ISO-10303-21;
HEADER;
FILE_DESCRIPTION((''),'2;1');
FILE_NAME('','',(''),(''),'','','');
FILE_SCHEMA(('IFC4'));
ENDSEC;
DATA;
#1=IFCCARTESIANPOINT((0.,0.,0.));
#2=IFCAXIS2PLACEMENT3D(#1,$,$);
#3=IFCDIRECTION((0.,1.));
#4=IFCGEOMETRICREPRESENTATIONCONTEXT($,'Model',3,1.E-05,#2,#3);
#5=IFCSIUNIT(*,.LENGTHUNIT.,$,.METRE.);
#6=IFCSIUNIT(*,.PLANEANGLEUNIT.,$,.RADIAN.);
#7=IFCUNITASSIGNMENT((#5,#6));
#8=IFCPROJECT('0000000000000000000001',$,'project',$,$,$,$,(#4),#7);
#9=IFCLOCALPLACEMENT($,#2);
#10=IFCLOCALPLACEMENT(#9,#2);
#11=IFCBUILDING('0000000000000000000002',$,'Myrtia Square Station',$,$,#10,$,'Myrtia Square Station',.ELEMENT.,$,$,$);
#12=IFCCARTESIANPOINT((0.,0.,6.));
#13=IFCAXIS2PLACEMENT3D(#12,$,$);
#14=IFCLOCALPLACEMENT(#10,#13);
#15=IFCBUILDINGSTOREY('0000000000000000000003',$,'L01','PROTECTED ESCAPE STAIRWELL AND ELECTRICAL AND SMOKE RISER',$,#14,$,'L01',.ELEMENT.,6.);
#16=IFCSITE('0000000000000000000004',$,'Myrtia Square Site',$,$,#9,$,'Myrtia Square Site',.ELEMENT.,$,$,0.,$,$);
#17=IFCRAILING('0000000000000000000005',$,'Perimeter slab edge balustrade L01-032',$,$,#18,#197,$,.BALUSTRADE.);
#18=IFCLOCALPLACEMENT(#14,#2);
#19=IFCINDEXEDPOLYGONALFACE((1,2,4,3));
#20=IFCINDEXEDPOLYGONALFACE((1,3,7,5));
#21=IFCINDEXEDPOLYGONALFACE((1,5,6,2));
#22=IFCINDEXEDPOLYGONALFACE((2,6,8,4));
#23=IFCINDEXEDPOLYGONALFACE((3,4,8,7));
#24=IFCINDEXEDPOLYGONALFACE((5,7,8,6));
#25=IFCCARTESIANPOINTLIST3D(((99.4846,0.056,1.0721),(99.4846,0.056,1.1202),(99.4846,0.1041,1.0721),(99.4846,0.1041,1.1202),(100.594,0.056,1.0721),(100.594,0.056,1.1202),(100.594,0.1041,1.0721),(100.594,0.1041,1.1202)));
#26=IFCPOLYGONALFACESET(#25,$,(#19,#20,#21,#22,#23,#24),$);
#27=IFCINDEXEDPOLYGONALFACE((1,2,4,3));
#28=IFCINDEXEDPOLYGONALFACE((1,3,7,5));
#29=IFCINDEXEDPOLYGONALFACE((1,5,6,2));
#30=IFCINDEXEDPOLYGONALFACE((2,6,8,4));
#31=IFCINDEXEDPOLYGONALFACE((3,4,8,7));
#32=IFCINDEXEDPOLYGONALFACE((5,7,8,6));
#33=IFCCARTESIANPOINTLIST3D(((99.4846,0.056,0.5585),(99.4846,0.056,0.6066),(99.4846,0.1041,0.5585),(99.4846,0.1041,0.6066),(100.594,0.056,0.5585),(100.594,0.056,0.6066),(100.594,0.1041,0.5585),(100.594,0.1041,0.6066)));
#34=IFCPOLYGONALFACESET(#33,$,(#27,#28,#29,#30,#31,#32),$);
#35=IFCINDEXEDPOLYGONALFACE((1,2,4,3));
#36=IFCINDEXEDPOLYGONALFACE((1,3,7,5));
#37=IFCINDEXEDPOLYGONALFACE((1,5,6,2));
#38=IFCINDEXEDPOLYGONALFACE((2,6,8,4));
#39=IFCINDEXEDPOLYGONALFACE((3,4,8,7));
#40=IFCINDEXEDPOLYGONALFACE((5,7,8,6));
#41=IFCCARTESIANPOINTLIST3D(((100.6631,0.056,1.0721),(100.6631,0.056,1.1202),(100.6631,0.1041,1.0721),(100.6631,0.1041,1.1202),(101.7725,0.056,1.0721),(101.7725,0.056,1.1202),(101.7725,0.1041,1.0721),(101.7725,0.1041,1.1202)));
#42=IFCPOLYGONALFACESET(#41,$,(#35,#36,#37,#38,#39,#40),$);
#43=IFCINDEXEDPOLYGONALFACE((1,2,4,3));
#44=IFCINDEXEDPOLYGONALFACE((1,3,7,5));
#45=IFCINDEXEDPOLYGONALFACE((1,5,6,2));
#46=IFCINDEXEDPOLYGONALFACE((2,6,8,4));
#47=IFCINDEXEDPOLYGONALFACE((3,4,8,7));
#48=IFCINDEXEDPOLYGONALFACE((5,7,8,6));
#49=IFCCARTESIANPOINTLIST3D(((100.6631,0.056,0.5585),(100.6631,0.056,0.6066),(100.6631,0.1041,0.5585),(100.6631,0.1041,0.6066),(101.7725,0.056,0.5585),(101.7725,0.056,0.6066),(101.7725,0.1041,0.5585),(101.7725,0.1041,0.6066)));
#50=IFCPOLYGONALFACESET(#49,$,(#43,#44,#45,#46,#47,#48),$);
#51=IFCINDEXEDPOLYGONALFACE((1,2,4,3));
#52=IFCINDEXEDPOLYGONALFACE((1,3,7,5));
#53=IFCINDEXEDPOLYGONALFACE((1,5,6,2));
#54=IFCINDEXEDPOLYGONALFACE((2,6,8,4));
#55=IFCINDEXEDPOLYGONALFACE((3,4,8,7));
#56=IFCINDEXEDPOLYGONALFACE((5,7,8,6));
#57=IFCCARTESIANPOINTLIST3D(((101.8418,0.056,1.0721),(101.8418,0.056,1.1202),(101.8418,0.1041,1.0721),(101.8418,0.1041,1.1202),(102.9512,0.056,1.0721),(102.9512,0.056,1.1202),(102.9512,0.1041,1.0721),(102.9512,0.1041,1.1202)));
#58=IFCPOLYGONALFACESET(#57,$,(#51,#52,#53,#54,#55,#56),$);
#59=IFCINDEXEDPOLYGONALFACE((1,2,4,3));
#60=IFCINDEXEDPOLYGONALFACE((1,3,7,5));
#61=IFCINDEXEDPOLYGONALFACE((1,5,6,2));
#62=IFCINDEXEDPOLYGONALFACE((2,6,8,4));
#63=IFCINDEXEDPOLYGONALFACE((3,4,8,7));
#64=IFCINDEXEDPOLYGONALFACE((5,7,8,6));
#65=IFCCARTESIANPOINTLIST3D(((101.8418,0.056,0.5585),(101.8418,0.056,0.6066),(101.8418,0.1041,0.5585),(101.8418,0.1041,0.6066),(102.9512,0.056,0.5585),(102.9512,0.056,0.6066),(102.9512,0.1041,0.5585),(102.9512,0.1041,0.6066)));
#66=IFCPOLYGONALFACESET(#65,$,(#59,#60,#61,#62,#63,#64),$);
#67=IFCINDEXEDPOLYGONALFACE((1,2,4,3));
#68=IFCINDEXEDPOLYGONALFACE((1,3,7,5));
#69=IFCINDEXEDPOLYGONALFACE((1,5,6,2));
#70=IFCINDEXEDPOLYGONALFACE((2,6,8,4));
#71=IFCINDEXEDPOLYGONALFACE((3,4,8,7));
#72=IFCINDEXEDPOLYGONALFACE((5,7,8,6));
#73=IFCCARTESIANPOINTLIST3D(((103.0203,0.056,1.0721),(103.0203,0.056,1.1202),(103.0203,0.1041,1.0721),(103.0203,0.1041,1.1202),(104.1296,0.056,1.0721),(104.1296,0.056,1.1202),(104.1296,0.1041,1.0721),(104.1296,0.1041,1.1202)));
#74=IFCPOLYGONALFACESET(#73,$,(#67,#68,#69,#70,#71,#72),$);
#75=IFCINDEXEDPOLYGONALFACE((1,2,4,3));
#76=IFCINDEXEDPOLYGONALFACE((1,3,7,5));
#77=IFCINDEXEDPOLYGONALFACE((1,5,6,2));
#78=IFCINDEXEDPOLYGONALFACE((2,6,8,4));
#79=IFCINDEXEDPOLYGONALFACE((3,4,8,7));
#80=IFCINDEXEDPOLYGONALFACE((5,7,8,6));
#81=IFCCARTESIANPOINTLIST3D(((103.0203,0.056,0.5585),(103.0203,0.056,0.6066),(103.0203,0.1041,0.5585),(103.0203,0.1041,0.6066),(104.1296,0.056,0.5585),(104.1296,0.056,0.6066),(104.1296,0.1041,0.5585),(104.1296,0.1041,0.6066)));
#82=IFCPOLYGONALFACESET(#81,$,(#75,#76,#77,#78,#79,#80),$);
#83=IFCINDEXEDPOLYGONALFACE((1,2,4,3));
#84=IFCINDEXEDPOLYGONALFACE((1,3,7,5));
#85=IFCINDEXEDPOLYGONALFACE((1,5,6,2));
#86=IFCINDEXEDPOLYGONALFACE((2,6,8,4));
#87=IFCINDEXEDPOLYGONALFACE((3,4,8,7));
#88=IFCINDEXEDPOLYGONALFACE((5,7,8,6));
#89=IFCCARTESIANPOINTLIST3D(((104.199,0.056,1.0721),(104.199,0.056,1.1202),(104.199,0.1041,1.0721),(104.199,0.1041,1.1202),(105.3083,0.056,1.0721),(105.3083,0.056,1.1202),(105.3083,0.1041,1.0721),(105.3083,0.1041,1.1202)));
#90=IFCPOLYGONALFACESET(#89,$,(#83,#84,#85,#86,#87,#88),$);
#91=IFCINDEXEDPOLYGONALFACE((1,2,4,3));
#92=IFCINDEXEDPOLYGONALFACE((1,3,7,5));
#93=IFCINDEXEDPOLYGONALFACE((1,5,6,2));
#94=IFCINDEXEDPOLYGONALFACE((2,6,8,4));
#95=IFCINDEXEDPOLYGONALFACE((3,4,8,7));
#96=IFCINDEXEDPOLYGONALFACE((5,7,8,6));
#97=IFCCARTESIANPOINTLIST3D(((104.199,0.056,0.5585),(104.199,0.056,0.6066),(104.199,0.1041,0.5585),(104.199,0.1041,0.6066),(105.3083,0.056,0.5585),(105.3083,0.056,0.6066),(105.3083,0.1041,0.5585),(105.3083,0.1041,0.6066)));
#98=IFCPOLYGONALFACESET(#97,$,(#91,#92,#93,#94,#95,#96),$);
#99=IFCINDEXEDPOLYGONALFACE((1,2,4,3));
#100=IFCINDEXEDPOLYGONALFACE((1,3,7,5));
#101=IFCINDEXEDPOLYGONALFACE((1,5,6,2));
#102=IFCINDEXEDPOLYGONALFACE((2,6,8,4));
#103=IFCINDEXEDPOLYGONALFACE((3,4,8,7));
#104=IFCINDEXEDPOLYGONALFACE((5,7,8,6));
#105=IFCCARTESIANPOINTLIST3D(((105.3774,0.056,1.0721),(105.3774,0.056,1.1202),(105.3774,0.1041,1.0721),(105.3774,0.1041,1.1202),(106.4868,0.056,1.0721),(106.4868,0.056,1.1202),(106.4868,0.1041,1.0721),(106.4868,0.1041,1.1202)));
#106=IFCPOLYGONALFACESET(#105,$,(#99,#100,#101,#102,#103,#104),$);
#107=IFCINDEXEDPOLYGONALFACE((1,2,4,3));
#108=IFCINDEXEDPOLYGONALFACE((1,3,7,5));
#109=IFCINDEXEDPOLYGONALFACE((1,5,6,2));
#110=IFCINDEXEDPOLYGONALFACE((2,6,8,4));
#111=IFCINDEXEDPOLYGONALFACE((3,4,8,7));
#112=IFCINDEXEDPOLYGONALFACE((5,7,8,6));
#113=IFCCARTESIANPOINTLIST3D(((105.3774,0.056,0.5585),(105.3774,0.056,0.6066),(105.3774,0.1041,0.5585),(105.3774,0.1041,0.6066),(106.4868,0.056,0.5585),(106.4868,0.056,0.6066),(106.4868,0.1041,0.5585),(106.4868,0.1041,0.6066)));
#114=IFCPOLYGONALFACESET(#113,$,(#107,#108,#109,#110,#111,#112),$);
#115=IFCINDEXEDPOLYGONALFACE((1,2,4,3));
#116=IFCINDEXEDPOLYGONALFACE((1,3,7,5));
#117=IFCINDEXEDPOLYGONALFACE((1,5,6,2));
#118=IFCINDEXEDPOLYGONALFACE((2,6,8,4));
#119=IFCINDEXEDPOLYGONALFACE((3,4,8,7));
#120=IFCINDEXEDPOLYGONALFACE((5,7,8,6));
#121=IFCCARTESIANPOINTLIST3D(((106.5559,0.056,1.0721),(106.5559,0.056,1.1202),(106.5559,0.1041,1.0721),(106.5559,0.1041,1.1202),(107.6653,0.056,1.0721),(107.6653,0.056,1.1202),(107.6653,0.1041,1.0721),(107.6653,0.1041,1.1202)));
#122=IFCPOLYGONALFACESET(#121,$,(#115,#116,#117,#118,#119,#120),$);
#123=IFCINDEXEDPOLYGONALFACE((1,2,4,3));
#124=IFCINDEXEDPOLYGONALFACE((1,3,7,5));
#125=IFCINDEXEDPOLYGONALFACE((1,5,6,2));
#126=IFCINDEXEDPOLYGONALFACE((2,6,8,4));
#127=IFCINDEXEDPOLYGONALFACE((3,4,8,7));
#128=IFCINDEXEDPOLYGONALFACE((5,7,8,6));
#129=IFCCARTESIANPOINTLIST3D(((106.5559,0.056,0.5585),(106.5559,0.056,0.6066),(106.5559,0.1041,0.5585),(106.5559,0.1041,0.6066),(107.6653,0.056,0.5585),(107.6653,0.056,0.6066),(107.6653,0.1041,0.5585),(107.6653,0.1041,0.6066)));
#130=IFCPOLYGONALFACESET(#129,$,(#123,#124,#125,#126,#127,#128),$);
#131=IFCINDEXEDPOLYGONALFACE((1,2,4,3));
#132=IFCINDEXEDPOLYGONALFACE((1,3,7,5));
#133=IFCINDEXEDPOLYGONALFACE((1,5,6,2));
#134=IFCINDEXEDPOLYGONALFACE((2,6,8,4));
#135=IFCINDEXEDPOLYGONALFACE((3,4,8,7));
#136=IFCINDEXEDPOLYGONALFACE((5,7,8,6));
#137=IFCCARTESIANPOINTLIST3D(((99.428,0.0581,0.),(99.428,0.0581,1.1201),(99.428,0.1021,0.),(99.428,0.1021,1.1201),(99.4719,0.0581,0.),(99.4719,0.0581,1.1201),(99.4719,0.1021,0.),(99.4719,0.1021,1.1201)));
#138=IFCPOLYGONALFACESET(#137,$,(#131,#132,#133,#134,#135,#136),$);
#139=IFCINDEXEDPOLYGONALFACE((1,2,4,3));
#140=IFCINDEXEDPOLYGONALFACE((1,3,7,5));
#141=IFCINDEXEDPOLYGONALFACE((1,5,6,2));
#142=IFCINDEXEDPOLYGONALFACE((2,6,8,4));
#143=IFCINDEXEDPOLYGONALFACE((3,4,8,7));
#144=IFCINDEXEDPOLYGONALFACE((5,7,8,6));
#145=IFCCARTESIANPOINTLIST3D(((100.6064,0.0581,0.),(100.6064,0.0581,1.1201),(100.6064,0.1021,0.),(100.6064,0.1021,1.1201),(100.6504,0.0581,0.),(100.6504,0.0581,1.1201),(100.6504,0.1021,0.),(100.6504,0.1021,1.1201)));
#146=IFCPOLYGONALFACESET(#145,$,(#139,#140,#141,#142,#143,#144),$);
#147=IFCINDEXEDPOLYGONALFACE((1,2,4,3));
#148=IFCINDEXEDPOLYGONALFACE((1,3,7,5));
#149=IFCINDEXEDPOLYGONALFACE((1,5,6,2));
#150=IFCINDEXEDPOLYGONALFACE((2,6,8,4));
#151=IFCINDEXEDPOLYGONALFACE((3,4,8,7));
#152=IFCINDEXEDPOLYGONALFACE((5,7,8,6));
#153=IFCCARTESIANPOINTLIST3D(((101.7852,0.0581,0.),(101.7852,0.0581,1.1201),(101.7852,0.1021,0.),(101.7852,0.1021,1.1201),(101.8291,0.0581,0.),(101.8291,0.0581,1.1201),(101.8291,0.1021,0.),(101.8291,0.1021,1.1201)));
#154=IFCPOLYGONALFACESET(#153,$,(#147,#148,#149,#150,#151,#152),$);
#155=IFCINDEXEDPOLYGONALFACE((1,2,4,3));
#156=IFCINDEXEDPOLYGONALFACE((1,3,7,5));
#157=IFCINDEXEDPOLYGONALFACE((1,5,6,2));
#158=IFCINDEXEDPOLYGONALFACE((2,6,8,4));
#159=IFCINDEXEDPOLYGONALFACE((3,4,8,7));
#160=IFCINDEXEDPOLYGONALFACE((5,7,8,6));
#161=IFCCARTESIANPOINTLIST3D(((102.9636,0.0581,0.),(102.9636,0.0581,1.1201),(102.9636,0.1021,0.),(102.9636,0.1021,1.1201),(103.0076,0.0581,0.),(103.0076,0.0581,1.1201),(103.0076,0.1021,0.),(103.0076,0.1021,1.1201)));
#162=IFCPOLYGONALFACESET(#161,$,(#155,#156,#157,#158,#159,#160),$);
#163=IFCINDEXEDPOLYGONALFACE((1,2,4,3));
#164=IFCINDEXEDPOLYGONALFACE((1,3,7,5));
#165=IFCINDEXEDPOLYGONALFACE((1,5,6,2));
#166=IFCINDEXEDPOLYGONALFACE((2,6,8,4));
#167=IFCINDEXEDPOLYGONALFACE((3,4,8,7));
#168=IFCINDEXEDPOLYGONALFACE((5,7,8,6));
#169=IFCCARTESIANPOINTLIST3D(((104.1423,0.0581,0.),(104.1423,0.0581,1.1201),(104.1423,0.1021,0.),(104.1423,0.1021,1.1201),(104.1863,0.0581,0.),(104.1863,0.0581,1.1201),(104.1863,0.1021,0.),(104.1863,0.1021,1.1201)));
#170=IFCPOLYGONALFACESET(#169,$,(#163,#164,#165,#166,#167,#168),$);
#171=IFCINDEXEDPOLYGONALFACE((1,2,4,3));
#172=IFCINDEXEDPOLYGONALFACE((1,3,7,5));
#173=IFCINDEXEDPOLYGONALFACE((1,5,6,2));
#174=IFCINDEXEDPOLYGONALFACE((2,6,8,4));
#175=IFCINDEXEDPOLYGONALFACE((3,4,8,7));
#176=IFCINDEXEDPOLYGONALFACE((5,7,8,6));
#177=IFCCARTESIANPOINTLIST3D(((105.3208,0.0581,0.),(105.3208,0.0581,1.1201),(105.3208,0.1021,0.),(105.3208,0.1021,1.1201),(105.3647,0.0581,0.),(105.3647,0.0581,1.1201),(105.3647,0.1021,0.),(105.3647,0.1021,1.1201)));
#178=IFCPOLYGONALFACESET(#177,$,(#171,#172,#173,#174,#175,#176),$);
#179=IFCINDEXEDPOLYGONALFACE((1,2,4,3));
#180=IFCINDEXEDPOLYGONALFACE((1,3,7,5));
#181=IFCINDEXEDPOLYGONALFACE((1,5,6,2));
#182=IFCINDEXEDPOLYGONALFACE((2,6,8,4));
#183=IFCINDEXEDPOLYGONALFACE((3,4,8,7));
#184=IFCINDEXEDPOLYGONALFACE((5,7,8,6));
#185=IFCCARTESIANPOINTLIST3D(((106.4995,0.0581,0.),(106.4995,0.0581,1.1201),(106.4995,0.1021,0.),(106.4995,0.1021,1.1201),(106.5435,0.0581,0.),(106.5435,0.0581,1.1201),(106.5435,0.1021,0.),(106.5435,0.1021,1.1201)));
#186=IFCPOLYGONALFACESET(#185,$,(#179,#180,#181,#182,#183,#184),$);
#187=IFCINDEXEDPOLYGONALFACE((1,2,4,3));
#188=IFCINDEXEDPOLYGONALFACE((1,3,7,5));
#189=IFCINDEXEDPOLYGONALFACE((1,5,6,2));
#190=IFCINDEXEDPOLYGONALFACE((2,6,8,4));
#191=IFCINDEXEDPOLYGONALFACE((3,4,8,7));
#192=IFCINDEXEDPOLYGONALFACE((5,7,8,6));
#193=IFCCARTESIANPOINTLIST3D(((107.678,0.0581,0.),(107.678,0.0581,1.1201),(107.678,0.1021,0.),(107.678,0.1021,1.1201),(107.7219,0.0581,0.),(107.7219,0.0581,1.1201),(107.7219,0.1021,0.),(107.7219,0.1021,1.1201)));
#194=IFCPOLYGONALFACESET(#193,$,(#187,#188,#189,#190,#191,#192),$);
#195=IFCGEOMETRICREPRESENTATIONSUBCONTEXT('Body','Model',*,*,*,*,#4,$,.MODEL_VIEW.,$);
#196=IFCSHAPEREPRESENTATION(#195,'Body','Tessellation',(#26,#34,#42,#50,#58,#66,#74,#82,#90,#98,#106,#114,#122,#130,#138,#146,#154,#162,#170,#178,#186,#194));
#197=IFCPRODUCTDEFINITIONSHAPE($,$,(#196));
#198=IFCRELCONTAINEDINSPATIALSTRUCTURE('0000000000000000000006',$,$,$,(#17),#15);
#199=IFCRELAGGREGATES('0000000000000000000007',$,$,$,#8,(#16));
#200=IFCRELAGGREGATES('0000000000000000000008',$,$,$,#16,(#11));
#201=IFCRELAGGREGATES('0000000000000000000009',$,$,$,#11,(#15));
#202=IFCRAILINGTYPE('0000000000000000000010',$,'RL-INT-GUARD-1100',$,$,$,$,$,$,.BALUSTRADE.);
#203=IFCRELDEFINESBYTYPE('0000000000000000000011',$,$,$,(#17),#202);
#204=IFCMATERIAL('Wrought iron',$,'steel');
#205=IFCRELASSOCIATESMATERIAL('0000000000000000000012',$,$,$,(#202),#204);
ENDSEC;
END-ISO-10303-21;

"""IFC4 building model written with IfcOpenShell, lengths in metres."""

from ifc_helpers import new_model, si_unit, direction, frame, origin, origin_2d, place, context, subcontext, project, spatial, rectangle, extrude, material, type_object, element, save


model = new_model("IFC4")

# Units and contexts
model_context = context("Model", 3, precision=1e-05, world=origin(), true_north=direction((0.0, 1.0)))
body_context = subcontext(model_context, "Body", "Model", "MODEL_VIEW")
ifc_project = project(units=[si_unit("LENGTHUNIT", "METRE"), si_unit("PLANEANGLEUNIT", "RADIAN")], contexts=[model_context])

# Site, building, storey
site_placement = place(None, origin())
site = spatial("IfcSite", under=ifc_project, at=site_placement, Name="Myrtia Square Site", LongName="Myrtia Square Site", CompositionType="ELEMENT", RefElevation=0.0)
building_placement = place(site_placement, origin())
building = spatial("IfcBuilding", under=site, at=building_placement, Name="Myrtia Square Station", LongName="Myrtia Square Station", CompositionType="ELEMENT")
storey_placement = place(building_placement, frame((0.0, 0.0, 6.0)))
storey = spatial("IfcBuildingStorey", under=building, at=storey_placement, Name="L01", Description="PROTECTED ESCAPE STAIRWELL AND ELECTRICAL AND SMOKE RISER", LongName="L01", CompositionType="ELEMENT", Elevation=6.0)

# Railing
ifc_material_1 = material(Name="Wrought iron", Category="steel")
railing_type = type_object("IfcRailingType", Name="RL-INT-GUARD-1100", PredefinedType="BALUSTRADE", material=ifc_material_1)
railing_1_placement = place(storey_placement, frame((99.45, 0.0801, 0.0)))
element("IfcRailing", 1, at=railing_1_placement, inside=storey, type_object=railing_type, Name="Perimeter slab edge balustrade L01-032", PredefinedType="BALUSTRADE", context=body_context, shape_type="SweptSolid", body=[
    extrude(rectangle(XDim=0.0481, YDim=0.0481, at=origin_2d()), frame((0.0347, 0.0, 1.0962), z_axis=(1.0, 0.0, 0.0), x_axis=(0.0, 1.0, 0.0)), (0.0, 0.0, 1.0), 1.1094),
    extrude(rectangle(XDim=0.0481, YDim=0.0481, at=origin_2d()), frame((0.0347, 0.0, 0.5825), z_axis=(1.0, 0.0, 0.0), x_axis=(0.0, 1.0, 0.0)), (0.0, 0.0, 1.0), 1.1094),
    extrude(rectangle(XDim=0.0481, YDim=0.0481, at=origin_2d()), frame((1.2131, 0.0, 1.0962), z_axis=(1.0, 0.0, 0.0), x_axis=(0.0, 1.0, 0.0)), (0.0, 0.0, 1.0), 1.1094),
    extrude(rectangle(XDim=0.0481, YDim=0.0481, at=origin_2d()), frame((1.2131, 0.0, 0.5825), z_axis=(1.0, 0.0, 0.0), x_axis=(0.0, 1.0, 0.0)), (0.0, 0.0, 1.0), 1.1094),
    extrude(rectangle(XDim=0.0481, YDim=0.0481, at=origin_2d()), frame((2.3918, 0.0, 1.0962), z_axis=(1.0, 0.0, 0.0), x_axis=(0.0, 1.0, 0.0)), (0.0, 0.0, 1.0), 1.1094),
    extrude(rectangle(XDim=0.0481, YDim=0.0481, at=origin_2d()), frame((2.3918, 0.0, 0.5825), z_axis=(1.0, 0.0, 0.0), x_axis=(0.0, 1.0, 0.0)), (0.0, 0.0, 1.0), 1.1094),
    extrude(rectangle(XDim=0.0481, YDim=0.0481, at=origin_2d()), frame((3.5703, 0.0, 1.0962), z_axis=(1.0, 0.0, 0.0), x_axis=(0.0, 1.0, 0.0)), (0.0, 0.0, 1.0), 1.1094),
    extrude(rectangle(XDim=0.0481, YDim=0.0481, at=origin_2d()), frame((3.5703, 0.0, 0.5825), z_axis=(1.0, 0.0, 0.0), x_axis=(0.0, 1.0, 0.0)), (0.0, 0.0, 1.0), 1.1094),
    extrude(rectangle(XDim=0.0481, YDim=0.0481, at=origin_2d()), frame((4.749, 0.0, 1.0962), z_axis=(1.0, 0.0, 0.0), x_axis=(0.0, 1.0, 0.0)), (0.0, 0.0, 1.0), 1.1094),
    extrude(rectangle(XDim=0.0481, YDim=0.0481, at=origin_2d()), frame((4.749, 0.0, 0.5825), z_axis=(1.0, 0.0, 0.0), x_axis=(0.0, 1.0, 0.0)), (0.0, 0.0, 1.0), 1.1094),
    extrude(rectangle(XDim=0.0481, YDim=0.0481, at=origin_2d()), frame((5.9275, 0.0, 1.0962), z_axis=(1.0, 0.0, 0.0), x_axis=(0.0, 1.0, 0.0)), (0.0, 0.0, 1.0), 1.1094),
    extrude(rectangle(XDim=0.0481, YDim=0.0481, at=origin_2d()), frame((5.9275, 0.0, 0.5825), z_axis=(1.0, 0.0, 0.0), x_axis=(0.0, 1.0, 0.0)), (0.0, 0.0, 1.0), 1.1094),
    extrude(rectangle(XDim=0.0481, YDim=0.0481, at=origin_2d()), frame((7.106, 0.0, 1.0962), z_axis=(1.0, 0.0, 0.0), x_axis=(0.0, 1.0, 0.0)), (0.0, 0.0, 1.0), 1.1094),
    extrude(rectangle(XDim=0.0481, YDim=0.0481, at=origin_2d()), frame((7.106, 0.0, 0.5825), z_axis=(1.0, 0.0, 0.0), x_axis=(0.0, 1.0, 0.0)), (0.0, 0.0, 1.0), 1.1094),
    extrude(rectangle(XDim=0.0439, YDim=0.0439, at=origin_2d()), origin(), (0.0, 0.0, 1.0), 1.1201),
    extrude(rectangle(XDim=0.0439, YDim=0.0439, at=origin_2d()), frame((1.1785, 0.0, 0.0)), (0.0, 0.0, 1.0), 1.1201),
    extrude(rectangle(XDim=0.0439, YDim=0.0439, at=origin_2d()), frame((2.3572, 0.0, 0.0)), (0.0, 0.0, 1.0), 1.1201),
    extrude(rectangle(XDim=0.0439, YDim=0.0439, at=origin_2d()), frame((3.5356, 0.0, 0.0)), (0.0, 0.0, 1.0), 1.1201),
    extrude(rectangle(XDim=0.0439, YDim=0.0439, at=origin_2d()), frame((4.7144, 0.0, 0.0)), (0.0, 0.0, 1.0), 1.1201),
    extrude(rectangle(XDim=0.0439, YDim=0.0439, at=origin_2d()), frame((5.8928, 0.0, 0.0)), (0.0, 0.0, 1.0), 1.1201),
    extrude(rectangle(XDim=0.0439, YDim=0.0439, at=origin_2d()), frame((7.0715, 0.0, 0.0)), (0.0, 0.0, 1.0), 1.1201),
    extrude(rectangle(XDim=0.0439, YDim=0.0439, at=origin_2d()), frame((8.25, 0.0, 0.0)), (0.0, 0.0, 1.0), 1.1201),
])

save(model, "model.ifc")
